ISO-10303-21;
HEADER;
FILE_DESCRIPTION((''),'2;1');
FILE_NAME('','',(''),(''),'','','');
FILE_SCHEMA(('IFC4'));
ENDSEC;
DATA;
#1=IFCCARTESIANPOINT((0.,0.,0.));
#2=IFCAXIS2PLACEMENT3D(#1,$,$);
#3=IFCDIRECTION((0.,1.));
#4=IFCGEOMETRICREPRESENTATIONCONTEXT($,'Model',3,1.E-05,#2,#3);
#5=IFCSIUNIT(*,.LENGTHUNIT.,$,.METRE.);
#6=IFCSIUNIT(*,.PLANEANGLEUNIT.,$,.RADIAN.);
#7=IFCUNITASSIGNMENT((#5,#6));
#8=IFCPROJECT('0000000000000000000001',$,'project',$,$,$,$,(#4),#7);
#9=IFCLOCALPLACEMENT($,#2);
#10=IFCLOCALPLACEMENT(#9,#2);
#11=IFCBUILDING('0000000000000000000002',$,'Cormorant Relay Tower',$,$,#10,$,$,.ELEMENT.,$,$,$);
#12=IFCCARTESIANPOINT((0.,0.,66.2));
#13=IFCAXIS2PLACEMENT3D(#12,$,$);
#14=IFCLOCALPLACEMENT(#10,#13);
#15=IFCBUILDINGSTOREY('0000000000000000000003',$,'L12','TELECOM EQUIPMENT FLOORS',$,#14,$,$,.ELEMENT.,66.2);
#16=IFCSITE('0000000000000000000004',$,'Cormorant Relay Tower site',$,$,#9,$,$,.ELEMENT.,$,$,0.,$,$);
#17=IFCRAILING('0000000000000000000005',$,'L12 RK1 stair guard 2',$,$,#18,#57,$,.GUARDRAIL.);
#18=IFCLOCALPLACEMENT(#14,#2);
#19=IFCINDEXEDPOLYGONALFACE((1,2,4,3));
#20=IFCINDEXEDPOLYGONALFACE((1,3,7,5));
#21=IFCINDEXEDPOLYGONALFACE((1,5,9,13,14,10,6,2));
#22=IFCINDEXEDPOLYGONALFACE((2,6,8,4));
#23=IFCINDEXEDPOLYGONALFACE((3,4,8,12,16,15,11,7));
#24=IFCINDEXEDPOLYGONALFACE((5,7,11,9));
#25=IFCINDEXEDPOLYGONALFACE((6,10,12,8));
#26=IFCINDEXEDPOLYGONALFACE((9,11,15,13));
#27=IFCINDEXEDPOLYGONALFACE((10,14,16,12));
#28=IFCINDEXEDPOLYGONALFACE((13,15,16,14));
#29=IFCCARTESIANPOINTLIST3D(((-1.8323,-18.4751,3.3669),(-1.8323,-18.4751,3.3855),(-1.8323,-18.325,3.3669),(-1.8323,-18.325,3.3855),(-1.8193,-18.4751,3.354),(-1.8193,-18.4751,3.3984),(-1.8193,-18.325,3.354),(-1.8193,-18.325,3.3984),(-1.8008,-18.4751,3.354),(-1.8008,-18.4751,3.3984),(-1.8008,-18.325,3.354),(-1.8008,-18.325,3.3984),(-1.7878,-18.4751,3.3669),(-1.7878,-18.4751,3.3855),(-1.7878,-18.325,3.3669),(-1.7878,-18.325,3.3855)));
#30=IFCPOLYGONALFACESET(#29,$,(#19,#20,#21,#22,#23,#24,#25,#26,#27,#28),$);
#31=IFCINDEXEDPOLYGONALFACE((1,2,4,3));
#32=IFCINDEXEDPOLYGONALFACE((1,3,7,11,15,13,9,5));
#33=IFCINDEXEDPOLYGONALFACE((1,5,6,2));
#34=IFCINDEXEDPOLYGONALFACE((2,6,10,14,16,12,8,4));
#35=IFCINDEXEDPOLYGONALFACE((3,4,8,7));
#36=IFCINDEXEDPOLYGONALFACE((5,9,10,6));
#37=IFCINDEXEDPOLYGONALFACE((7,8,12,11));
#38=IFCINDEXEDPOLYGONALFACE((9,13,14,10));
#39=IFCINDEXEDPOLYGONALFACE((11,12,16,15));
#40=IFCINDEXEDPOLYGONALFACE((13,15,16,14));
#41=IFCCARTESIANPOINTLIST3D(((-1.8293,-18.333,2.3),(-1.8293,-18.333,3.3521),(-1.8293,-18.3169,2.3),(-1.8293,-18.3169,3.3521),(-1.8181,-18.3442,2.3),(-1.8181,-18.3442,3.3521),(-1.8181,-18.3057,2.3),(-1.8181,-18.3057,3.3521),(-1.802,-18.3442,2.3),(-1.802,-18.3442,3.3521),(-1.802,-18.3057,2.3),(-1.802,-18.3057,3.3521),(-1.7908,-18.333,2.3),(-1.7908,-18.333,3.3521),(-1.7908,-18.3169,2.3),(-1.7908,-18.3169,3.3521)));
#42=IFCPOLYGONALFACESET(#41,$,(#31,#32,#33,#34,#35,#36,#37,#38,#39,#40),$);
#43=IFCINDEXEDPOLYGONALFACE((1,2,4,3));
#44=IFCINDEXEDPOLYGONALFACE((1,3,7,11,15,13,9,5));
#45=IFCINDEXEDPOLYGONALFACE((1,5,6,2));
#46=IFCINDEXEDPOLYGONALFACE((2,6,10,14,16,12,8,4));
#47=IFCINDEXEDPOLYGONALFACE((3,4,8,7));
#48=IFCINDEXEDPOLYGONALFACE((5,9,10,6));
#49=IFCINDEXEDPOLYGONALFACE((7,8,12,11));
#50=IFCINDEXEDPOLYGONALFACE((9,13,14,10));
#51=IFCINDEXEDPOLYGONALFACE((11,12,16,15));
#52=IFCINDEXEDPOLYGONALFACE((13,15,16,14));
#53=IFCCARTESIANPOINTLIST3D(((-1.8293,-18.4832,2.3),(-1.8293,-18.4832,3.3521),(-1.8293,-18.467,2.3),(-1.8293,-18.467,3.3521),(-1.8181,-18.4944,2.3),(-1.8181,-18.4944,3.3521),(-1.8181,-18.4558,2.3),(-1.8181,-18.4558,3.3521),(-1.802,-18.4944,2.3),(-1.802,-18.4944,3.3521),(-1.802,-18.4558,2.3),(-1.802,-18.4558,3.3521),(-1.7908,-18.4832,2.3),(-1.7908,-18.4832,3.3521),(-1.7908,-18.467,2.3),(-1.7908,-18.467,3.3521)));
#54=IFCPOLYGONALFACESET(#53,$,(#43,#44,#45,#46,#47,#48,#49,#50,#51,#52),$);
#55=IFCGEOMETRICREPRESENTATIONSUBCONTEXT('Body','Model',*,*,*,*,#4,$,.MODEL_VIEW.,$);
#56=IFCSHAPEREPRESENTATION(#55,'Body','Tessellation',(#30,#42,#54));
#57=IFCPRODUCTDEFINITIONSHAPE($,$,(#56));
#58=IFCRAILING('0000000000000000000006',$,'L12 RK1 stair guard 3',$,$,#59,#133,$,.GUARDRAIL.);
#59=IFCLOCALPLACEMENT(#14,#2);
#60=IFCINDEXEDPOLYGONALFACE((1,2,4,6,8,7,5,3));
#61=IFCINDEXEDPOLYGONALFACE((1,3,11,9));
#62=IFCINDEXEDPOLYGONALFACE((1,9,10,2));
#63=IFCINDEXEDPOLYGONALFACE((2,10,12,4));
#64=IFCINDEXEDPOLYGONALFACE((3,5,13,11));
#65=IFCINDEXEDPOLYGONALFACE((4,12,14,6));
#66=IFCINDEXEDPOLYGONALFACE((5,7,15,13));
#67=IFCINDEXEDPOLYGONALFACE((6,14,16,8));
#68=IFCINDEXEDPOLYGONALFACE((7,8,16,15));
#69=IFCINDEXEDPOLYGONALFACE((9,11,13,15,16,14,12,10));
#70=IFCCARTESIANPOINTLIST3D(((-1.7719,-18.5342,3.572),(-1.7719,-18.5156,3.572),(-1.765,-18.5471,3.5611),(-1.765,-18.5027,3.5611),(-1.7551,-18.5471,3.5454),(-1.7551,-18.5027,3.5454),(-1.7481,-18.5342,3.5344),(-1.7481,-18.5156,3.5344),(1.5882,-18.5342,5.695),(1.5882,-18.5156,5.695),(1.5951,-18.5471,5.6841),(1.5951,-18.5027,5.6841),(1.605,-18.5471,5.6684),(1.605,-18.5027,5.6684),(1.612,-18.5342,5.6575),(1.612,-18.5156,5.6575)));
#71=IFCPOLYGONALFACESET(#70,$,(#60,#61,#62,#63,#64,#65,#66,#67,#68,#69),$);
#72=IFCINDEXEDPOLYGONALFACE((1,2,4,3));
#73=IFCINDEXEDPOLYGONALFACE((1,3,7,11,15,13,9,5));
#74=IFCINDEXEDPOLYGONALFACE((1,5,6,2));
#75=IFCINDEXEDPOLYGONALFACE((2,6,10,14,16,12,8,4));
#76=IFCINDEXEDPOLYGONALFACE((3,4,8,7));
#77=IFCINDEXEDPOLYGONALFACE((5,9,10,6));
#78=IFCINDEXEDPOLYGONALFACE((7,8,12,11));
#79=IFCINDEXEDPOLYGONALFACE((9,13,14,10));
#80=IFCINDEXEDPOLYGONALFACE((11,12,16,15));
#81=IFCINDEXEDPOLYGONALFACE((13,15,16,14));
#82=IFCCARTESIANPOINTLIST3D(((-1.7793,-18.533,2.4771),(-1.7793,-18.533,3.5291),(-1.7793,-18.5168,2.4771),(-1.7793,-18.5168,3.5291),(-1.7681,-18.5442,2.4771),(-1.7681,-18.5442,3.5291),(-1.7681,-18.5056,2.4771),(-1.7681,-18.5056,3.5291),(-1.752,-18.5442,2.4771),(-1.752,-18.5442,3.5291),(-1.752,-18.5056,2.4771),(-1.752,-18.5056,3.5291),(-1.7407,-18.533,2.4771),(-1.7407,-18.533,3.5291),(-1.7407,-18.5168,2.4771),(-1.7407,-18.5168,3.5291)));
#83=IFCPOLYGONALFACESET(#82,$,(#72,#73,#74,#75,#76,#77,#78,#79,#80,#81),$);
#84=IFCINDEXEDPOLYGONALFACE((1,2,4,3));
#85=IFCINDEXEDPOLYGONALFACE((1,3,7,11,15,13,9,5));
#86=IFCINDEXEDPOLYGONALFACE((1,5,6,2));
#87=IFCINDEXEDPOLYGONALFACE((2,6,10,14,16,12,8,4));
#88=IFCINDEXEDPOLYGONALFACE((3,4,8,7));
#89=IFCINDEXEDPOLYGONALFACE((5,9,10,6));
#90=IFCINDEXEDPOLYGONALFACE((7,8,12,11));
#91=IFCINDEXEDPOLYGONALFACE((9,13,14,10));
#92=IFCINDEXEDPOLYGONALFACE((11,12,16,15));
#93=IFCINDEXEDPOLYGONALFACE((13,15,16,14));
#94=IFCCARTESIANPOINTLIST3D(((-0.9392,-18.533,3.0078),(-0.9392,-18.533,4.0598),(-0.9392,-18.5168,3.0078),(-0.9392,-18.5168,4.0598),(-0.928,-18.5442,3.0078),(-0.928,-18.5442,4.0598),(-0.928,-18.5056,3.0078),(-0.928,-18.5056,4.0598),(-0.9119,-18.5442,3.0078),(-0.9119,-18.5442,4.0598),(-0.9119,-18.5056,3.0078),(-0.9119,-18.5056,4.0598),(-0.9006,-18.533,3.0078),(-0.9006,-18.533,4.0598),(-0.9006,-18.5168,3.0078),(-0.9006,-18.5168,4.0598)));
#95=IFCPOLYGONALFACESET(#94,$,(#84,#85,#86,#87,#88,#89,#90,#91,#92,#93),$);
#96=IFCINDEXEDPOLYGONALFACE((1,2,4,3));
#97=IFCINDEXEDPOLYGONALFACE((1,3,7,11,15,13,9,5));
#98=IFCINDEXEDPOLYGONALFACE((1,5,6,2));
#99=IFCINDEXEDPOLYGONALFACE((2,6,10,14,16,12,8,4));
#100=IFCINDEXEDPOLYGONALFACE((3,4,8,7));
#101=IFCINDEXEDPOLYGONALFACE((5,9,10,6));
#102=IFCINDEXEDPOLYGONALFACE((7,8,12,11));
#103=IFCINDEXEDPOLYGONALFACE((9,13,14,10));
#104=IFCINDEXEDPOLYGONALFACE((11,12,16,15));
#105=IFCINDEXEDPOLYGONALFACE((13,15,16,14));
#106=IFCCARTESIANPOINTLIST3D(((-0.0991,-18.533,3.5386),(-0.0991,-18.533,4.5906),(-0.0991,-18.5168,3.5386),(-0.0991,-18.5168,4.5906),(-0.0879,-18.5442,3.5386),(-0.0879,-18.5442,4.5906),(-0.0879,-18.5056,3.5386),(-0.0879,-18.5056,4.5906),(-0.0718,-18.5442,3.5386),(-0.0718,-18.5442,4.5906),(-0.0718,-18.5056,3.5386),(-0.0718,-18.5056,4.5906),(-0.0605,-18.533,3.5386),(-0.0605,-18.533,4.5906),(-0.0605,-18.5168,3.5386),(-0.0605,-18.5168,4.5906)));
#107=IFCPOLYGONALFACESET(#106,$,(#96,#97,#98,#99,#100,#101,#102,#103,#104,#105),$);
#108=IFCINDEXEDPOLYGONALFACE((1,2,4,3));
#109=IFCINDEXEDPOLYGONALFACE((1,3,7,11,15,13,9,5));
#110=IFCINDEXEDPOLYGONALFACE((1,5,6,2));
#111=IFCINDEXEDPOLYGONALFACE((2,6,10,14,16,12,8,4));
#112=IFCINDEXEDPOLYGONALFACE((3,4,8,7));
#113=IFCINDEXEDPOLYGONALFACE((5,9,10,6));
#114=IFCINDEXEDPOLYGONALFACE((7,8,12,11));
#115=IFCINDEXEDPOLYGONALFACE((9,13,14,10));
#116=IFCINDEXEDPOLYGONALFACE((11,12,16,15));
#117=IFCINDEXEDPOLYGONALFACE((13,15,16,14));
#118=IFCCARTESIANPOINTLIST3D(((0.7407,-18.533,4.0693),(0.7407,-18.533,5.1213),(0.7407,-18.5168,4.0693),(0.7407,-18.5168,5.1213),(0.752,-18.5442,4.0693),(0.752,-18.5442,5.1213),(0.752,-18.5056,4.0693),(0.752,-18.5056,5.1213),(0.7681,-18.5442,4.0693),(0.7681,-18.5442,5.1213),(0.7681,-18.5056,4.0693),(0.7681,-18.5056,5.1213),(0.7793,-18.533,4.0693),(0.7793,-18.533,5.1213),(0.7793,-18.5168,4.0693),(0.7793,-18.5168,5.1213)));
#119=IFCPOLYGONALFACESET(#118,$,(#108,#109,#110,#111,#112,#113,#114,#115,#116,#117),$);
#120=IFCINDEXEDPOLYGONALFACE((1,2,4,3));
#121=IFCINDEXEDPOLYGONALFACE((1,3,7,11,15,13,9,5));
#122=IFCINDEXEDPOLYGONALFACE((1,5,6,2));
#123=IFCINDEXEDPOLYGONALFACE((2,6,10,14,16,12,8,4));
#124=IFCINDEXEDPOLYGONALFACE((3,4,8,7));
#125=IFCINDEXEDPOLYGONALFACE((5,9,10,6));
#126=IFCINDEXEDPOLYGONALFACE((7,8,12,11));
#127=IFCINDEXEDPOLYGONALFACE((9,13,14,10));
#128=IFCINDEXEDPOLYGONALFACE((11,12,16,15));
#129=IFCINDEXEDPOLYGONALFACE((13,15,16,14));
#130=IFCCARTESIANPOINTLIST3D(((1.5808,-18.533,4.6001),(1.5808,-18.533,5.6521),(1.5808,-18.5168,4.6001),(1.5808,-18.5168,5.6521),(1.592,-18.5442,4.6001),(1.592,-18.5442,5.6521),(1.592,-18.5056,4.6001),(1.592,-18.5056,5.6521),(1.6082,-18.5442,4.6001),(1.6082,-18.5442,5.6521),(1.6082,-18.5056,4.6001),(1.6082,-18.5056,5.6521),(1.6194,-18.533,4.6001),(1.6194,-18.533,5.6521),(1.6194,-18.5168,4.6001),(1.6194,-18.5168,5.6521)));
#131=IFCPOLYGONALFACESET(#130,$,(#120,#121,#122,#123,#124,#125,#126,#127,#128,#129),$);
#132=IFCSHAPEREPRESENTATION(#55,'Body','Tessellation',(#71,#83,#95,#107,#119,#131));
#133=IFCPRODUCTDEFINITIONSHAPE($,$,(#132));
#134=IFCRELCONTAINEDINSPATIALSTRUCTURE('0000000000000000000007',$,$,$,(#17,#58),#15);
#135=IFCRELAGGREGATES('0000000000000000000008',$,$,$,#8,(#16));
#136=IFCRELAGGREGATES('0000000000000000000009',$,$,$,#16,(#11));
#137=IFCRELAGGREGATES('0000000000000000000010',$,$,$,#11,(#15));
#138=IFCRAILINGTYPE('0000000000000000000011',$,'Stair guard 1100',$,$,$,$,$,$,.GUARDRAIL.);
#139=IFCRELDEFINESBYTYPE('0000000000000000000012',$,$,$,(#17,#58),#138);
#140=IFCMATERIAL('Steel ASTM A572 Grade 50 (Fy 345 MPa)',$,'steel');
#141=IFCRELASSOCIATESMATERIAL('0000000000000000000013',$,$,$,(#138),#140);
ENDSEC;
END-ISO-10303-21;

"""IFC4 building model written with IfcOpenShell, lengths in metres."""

from ifc_helpers import new_model, si_unit, direction, frame, origin, place, context, subcontext, project, spatial, polyline, outline, extrude, material, type_object, element, save


model = new_model("IFC4")

# Units and contexts
model_context = context("Model", 3, precision=1e-05, world=origin(), true_north=direction((0.0, 1.0)))
body_context = subcontext(model_context, "Body", "Model", "MODEL_VIEW")
ifc_project = project(units=[si_unit("LENGTHUNIT", "METRE"), si_unit("PLANEANGLEUNIT", "RADIAN")], contexts=[model_context])

# Site, building, storey
site_placement = place(None, origin())
site = spatial("IfcSite", under=ifc_project, at=site_placement, Name="Cormorant Relay Tower site", CompositionType="ELEMENT", RefElevation=0.0)
building_placement = place(site_placement, origin())
building = spatial("IfcBuilding", under=site, at=building_placement, Name="Cormorant Relay Tower", CompositionType="ELEMENT")
storey_placement = place(building_placement, frame((0.0, 0.0, 66.2)))
storey = spatial("IfcBuildingStorey", under=building, at=storey_placement, Name="L12", Description="TELECOM EQUIPMENT FLOORS", CompositionType="ELEMENT", Elevation=66.2)

# Railings
ifc_material_1 = material(Name="Steel ASTM A572 Grade 50 (Fy 345 MPa)", Category="steel")
railing_type_1 = type_object("IfcRailingType", Name="Stair guard 1100", PredefinedType="GUARDRAIL", material=ifc_material_1)
railing_1_placement = place(storey_placement, frame((-1.8101, -18.325, 2.3)))
element("IfcRailing", 1, at=railing_1_placement, inside=storey, type_object=railing_type_1, Name="L12 RK1 stair guard 2", PredefinedType="GUARDRAIL", context=body_context, shape_type="SweptSolid", body=[
    extrude(outline(polyline([(0.0222, 0.0093), (0.0093, 0.0222), (-0.0093, 0.0222), (-0.0222, 0.0093), (-0.0222, -0.0093), (-0.0093, -0.0222), (0.0093, -0.0222), (0.0222, -0.0093), (0.0222, 0.0093)])), frame((0.0, 0.0, 1.0762), z_axis=(0.0, -1.0, 0.0), x_axis=(1.0, 0.0, 0.0)), (0.0, 0.0, 1.0), 0.1501),
    extrude(outline(polyline([(0.0193, 0.0081), (0.0081, 0.0193), (-0.0081, 0.0193), (-0.0193, 0.0081), (-0.0193, -0.0081), (-0.0081, -0.0193), (0.0081, -0.0193), (0.0193, -0.0081), (0.0193, 0.0081)])), origin(), (0.0, 0.0, 1.0), 1.052),
    extrude(outline(polyline([(0.0193, 0.0081), (0.0081, 0.0193), (-0.0081, 0.0193), (-0.0193, 0.0081), (-0.0193, -0.0081), (-0.0081, -0.0193), (0.0081, -0.0193), (0.0193, -0.0081), (0.0193, 0.0081)])), frame((0.0, -0.1501, 0.0)), (0.0, 0.0, 1.0), 1.052),
])
railing_2_placement = place(storey_placement, frame((-1.76, -18.5249, 2.4771)))
element("IfcRailing", 2, at=railing_2_placement, inside=storey, type_object=railing_type_1, Name="L12 RK1 stair guard 3", PredefinedType="GUARDRAIL", context=body_context, shape_type="SweptSolid", body=[
    extrude(outline(polyline([(0.0222, 0.0093), (0.0093, 0.0222), (-0.0093, 0.0222), (-0.0222, 0.0093), (-0.0222, -0.0093), (-0.0093, -0.0222), (0.0093, -0.0222), (0.0222, -0.0093), (0.0222, 0.0093)])), frame((0.0, 0.0, 1.0762), z_axis=(0.84539, 0.0, 0.53415), x_axis=(0.0, 1.0, 0.0)), (0.0, 0.0, 1.0), 3.9746),
    extrude(outline(polyline([(0.0193, 0.0081), (0.0081, 0.0193), (-0.0081, 0.0193), (-0.0193, 0.0081), (-0.0193, -0.0081), (-0.0081, -0.0193), (0.0081, -0.0193), (0.0193, -0.0081), (0.0193, 0.0081)])), origin(), (0.0, 0.0, 1.0), 1.052),
    extrude(outline(polyline([(0.0193, 0.0081), (0.0081, 0.0193), (-0.0081, 0.0193), (-0.0193, 0.0081), (-0.0193, -0.0081), (-0.0081, -0.0193), (0.0081, -0.0193), (0.0193, -0.0081), (0.0193, 0.0081)])), frame((0.8401, 0.0, 0.5308)), (0.0, 0.0, 1.0), 1.052),
    extrude(outline(polyline([(0.0193, 0.0081), (0.0081, 0.0193), (-0.0081, 0.0193), (-0.0193, 0.0081), (-0.0193, -0.0081), (-0.0081, -0.0193), (0.0081, -0.0193), (0.0193, -0.0081), (0.0193, 0.0081)])), frame((1.6802, 0.0, 1.0615)), (0.0, 0.0, 1.0), 1.052),
    extrude(outline(polyline([(0.0193, 0.0081), (0.0081, 0.0193), (-0.0081, 0.0193), (-0.0193, 0.0081), (-0.0193, -0.0081), (-0.0081, -0.0193), (0.0081, -0.0193), (0.0193, -0.0081), (0.0193, 0.0081)])), frame((2.52, 0.0, 1.5923)), (0.0, 0.0, 1.0), 1.052),
    extrude(outline(polyline([(0.0193, 0.0081), (0.0081, 0.0193), (-0.0081, 0.0193), (-0.0193, 0.0081), (-0.0193, -0.0081), (-0.0081, -0.0193), (0.0081, -0.0193), (0.0193, -0.0081), (0.0193, 0.0081)])), frame((3.3601, 0.0, 2.123)), (0.0, 0.0, 1.0), 1.052),
])

save(model, "model.ifc")
